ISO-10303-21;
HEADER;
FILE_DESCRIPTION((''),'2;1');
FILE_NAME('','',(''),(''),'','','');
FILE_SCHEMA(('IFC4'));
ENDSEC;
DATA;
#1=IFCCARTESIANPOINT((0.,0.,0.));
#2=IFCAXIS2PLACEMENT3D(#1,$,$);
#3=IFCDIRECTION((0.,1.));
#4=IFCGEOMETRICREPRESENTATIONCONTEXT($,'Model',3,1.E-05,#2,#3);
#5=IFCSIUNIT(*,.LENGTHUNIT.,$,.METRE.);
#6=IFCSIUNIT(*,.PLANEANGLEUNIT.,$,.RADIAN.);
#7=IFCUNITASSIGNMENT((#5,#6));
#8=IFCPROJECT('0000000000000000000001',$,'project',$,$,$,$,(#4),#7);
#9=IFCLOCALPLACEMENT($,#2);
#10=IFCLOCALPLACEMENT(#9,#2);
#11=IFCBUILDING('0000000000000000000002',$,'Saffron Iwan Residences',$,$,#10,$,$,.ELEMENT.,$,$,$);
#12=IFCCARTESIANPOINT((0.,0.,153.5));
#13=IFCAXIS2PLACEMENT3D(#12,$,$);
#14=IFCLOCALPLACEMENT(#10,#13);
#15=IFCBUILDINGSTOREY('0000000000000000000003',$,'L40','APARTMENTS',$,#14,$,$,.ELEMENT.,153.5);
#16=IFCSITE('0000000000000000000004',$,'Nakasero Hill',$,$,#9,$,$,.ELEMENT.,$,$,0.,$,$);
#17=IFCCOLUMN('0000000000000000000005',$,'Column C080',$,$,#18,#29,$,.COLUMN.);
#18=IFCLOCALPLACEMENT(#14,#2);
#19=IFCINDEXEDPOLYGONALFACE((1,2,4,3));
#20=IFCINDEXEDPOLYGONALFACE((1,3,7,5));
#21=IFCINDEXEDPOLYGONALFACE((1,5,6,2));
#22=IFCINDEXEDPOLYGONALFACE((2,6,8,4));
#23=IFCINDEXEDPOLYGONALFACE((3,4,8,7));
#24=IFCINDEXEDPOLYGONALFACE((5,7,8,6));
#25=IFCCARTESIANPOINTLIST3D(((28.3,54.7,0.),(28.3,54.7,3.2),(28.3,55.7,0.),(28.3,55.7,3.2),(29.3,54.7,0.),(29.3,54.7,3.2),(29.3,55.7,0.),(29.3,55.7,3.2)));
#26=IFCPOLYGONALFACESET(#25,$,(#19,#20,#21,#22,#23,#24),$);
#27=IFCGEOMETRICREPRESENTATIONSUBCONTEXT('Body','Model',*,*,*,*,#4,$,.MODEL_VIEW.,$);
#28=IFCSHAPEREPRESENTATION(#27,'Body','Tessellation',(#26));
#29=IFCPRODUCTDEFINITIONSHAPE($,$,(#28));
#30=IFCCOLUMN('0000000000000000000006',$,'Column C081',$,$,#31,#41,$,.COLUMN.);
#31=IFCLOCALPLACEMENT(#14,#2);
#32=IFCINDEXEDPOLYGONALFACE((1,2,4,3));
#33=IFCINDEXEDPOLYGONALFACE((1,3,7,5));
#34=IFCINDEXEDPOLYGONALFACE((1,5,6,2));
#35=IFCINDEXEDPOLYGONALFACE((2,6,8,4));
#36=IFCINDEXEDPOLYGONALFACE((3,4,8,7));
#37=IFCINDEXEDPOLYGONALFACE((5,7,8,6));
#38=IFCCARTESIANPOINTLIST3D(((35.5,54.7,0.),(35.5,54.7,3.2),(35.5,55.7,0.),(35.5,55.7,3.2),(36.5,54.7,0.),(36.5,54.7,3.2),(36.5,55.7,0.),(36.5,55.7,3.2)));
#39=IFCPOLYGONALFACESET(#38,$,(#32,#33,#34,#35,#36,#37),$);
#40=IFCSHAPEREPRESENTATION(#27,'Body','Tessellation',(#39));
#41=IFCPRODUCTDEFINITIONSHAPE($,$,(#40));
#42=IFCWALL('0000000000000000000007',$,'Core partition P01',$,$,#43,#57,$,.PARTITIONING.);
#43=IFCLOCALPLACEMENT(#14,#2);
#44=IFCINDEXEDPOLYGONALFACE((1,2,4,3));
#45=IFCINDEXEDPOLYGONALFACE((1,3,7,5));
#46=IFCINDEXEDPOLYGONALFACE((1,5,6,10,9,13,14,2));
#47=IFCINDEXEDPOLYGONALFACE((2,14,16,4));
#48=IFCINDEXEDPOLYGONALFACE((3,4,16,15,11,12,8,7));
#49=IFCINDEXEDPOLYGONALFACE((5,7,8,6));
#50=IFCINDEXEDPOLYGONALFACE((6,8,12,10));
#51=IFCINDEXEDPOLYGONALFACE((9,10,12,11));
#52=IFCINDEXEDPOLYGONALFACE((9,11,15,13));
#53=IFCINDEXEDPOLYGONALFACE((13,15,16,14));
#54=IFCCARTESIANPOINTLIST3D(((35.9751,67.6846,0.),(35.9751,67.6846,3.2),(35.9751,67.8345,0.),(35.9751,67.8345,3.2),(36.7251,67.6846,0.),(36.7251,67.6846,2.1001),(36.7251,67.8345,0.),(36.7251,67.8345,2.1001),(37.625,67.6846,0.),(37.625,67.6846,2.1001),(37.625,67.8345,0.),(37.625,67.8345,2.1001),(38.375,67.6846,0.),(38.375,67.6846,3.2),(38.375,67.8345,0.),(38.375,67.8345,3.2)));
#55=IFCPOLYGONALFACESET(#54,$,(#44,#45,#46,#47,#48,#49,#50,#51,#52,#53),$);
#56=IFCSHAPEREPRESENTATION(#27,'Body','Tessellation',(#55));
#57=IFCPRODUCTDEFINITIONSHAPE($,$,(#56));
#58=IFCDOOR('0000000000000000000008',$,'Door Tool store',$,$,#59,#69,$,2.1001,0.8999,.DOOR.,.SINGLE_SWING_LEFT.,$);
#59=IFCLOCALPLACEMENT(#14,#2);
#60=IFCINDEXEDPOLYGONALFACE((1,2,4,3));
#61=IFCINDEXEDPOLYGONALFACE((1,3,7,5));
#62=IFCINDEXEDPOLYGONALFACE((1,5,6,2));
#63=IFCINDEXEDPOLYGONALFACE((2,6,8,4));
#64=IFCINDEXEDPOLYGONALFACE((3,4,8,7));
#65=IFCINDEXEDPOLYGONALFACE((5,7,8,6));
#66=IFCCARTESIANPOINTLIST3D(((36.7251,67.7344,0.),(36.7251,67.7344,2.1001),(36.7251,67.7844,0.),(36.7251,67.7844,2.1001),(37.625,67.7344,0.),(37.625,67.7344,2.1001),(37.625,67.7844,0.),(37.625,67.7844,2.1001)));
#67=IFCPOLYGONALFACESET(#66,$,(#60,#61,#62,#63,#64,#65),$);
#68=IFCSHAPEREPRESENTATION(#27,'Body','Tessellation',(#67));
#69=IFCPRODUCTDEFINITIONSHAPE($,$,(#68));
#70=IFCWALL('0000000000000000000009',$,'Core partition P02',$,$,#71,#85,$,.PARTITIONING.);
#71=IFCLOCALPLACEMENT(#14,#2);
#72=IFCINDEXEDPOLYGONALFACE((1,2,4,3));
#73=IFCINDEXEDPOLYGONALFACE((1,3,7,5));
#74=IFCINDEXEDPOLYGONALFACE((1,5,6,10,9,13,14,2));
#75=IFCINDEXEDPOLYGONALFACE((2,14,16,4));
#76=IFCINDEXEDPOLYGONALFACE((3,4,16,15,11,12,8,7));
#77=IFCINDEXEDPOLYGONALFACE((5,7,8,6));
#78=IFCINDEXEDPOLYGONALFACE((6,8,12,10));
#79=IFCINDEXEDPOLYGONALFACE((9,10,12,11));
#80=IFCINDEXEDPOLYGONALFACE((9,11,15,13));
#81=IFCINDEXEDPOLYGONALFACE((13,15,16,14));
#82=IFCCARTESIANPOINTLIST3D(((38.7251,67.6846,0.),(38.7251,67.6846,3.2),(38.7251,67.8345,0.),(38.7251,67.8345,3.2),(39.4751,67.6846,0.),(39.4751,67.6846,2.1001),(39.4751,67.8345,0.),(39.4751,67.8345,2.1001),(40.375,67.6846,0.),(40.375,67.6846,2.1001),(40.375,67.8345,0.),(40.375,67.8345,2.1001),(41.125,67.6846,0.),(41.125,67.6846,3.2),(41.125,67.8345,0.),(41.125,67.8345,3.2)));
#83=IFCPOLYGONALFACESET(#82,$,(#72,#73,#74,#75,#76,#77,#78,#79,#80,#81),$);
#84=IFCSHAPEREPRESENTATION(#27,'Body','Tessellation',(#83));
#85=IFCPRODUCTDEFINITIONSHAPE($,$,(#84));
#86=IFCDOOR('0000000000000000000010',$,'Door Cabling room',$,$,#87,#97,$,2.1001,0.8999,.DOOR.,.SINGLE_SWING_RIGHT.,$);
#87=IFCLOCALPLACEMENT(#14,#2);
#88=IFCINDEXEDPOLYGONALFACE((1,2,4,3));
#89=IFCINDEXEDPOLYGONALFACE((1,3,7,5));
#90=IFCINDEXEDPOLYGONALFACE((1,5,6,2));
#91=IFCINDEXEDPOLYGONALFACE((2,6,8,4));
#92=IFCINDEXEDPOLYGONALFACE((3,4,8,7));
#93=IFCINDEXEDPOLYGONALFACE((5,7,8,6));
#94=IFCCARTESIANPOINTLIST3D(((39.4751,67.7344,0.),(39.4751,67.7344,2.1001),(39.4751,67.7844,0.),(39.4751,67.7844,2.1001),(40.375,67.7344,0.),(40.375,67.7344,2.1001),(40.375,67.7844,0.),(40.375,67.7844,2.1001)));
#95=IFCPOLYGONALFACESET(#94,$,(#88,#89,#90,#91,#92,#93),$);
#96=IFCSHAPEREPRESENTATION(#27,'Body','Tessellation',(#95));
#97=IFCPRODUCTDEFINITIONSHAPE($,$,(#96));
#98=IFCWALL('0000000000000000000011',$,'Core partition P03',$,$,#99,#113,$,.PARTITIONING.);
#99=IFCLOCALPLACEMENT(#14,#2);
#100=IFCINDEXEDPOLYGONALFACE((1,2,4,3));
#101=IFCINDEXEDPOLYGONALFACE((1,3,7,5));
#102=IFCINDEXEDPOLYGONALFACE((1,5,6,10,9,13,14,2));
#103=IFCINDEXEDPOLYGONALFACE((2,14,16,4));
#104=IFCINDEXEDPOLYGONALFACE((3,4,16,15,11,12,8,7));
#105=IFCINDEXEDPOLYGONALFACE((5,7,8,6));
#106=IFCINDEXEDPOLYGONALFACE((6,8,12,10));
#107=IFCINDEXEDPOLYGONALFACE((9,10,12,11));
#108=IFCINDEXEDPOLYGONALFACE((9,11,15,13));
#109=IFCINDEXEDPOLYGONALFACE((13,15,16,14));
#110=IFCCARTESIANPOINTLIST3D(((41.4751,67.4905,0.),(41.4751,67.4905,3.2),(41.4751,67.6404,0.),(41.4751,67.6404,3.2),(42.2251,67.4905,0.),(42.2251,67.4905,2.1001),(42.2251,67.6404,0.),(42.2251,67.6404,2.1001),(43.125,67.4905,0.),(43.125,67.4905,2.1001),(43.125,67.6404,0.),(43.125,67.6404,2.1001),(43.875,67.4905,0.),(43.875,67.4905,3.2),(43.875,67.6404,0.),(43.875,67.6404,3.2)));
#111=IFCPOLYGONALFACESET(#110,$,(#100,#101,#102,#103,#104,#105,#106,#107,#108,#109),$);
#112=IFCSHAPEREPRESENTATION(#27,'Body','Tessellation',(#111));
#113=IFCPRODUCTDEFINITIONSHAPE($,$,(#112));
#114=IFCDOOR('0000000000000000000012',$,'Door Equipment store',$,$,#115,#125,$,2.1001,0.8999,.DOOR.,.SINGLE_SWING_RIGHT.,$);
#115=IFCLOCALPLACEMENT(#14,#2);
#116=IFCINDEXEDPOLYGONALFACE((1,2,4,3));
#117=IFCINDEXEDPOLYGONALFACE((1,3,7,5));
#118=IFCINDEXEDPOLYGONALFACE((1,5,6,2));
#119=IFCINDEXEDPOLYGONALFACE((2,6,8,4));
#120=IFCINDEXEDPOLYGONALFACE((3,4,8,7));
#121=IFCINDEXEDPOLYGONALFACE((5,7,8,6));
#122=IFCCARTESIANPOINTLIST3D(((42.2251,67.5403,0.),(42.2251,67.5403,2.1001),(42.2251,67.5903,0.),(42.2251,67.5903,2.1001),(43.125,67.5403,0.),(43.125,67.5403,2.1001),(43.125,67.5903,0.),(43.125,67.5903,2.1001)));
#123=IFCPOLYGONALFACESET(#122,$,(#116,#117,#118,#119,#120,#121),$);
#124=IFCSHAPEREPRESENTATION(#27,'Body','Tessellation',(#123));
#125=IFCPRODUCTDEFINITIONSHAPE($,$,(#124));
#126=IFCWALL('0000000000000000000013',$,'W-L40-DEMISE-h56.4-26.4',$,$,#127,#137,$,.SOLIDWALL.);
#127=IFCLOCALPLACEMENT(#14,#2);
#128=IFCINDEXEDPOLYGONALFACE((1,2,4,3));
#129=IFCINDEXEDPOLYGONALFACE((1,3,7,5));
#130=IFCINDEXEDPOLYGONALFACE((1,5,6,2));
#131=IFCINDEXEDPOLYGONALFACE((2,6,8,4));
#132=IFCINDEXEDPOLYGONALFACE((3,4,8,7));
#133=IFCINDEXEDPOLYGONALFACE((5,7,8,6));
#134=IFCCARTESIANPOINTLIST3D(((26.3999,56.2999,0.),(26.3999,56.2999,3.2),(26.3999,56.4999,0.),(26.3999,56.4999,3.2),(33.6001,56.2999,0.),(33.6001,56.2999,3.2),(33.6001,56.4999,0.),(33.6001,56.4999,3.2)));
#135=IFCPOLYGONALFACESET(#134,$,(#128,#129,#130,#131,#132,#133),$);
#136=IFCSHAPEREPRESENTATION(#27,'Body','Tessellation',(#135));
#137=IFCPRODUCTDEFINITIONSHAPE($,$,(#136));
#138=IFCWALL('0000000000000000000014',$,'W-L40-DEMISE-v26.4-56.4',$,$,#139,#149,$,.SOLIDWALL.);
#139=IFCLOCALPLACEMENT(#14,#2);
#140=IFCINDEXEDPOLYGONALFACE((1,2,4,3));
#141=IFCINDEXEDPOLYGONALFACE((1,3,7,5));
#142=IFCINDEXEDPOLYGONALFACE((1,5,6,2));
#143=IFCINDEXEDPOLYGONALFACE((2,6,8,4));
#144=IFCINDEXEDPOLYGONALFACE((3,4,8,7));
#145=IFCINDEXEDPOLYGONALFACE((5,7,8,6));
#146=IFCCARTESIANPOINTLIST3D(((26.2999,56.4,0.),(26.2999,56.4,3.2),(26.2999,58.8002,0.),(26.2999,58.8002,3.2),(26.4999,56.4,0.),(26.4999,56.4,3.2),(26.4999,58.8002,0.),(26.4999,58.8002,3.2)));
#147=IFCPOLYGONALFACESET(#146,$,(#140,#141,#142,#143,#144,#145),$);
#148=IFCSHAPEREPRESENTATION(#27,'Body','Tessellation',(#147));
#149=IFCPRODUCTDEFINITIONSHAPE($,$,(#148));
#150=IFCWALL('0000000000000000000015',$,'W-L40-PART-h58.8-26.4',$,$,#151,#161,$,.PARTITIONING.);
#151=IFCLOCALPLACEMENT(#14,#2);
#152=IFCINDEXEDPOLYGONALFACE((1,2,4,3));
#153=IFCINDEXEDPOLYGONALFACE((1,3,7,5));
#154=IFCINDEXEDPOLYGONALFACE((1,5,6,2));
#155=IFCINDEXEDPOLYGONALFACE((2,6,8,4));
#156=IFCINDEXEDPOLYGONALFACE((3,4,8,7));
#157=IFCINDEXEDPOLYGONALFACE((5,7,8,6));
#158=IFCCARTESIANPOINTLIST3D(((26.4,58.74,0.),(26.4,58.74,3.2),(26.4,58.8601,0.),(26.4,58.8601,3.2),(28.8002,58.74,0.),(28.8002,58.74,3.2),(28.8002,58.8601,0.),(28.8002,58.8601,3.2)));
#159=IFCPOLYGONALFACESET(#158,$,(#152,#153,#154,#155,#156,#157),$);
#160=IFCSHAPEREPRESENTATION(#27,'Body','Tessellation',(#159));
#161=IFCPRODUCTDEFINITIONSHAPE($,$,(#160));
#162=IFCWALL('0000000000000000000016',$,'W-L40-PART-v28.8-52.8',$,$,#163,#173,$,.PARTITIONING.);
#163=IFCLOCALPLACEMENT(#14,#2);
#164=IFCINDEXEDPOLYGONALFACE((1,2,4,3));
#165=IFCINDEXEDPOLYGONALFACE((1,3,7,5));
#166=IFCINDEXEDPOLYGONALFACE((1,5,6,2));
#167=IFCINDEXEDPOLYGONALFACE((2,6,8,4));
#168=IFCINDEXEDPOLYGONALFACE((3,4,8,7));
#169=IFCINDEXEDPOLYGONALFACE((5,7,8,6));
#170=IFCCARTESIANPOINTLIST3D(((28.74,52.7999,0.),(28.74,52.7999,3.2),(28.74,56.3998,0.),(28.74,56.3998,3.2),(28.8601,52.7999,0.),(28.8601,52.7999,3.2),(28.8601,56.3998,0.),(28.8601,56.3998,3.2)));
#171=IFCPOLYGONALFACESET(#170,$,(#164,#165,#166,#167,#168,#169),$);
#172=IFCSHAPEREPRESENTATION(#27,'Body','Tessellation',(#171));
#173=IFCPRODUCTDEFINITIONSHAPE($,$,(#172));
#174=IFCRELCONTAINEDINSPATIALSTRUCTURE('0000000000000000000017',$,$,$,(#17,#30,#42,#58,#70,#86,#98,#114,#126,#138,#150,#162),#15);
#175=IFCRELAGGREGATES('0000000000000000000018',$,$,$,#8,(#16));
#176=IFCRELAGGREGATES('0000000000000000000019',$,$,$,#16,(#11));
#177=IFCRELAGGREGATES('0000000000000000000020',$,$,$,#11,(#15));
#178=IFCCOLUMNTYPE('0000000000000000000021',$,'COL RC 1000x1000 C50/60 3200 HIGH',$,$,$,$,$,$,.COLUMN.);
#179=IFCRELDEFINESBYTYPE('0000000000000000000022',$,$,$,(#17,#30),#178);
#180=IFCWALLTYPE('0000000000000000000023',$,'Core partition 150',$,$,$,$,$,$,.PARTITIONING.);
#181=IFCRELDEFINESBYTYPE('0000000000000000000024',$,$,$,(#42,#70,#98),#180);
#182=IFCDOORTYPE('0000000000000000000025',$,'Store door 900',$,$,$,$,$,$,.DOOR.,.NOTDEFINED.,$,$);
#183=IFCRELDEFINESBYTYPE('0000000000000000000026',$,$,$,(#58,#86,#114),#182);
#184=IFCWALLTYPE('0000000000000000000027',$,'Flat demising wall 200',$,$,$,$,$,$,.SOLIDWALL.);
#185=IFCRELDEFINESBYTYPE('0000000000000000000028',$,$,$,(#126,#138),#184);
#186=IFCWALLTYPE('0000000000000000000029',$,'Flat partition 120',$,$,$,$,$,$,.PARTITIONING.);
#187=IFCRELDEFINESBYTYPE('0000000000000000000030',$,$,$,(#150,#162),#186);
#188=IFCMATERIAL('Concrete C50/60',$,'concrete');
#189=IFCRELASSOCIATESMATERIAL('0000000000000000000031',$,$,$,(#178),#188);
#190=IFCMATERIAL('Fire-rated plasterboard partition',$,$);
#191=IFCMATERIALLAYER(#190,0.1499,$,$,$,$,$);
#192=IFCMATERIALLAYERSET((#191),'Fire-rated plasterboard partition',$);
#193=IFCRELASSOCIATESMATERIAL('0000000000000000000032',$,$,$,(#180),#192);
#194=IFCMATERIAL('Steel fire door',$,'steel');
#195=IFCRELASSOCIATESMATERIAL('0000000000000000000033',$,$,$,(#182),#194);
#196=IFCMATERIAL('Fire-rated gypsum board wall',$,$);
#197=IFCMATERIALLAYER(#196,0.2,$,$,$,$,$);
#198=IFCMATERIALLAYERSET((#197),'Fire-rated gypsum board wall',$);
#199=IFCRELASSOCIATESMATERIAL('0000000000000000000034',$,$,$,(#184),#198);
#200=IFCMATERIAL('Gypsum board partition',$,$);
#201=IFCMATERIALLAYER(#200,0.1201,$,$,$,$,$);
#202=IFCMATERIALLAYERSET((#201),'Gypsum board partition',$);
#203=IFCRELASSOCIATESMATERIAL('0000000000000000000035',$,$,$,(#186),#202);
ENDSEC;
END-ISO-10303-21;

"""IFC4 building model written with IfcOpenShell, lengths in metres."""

from ifc_helpers import new_model, si_unit, direction, frame, frame_2d, origin, origin_2d, place, context, subcontext, project, spatial, rectangle, extrude, source, transform, mapped, material, layer, layer_set, material_profile, profile_set, type_object, element, fill, save


model = new_model("IFC4")

# Units and contexts
model_context = context("Model", 3, precision=1e-05, world=origin(), true_north=direction((0.0, 1.0)))
body_context = subcontext(model_context, "Body", "Model", "MODEL_VIEW")
ifc_project = project(units=[si_unit("LENGTHUNIT", "METRE"), si_unit("PLANEANGLEUNIT", "RADIAN")], contexts=[model_context])

# Site, building, storey
site_placement = place(None, origin())
site = spatial("IfcSite", under=ifc_project, at=site_placement, Name="Nakasero Hill", CompositionType="ELEMENT", RefElevation=0.0)
building_placement = place(site_placement, origin())
building = spatial("IfcBuilding", under=site, at=building_placement, Name="Saffron Iwan Residences", CompositionType="ELEMENT")
storey_placement = place(building_placement, frame((0.0, 0.0, 153.5)))
storey = spatial("IfcBuildingStorey", under=building, at=storey_placement, Name="L40", Description="APARTMENTS", CompositionType="ELEMENT", Elevation=153.5)

# Columns
ifc_material_1 = material(Name="Concrete C50/60", Category="concrete")
ifc_material_profile = material_profile(ifc_material_1, rectangle(XDim=1.0, YDim=1.0, at=origin_2d()), Name="RC 1000x1000")
ifc_profile_set = profile_set([ifc_material_profile], Name="Concrete C50/60")
column_type = type_object("IfcColumnType", Name="COL RC 1000x1000 C50/60 3200 HIGH", PredefinedType="COLUMN", material=ifc_profile_set)
shared_shape = source(origin(), body_context, "Body", "SweptSolid", [
    extrude(rectangle(XDim=1.0, YDim=1.0, at=origin_2d()), origin(), (0.0, 0.0, 1.0), 3.2),
])
for number, where, z_axis, x_axis, name in (
    (1, (28.8, 55.2, 0.0), (0.0, 0.0, 1.0), (1.0, 0.0, 0.0), "Column C080"),
    (2, (36.0, 55.2, 0.0), (0.0, 0.0, 1.0), (1.0, 0.0, 0.0), "Column C081"),
):
    element("IfcColumn", number, at=place(storey_placement, frame(where, z_axis=z_axis, x_axis=x_axis)), inside=storey, type_object=column_type, Name=name, PredefinedType="COLUMN", context=body_context, shape_type="MappedRepresentation", body=[
        mapped(shared_shape, transform((0.0, 0.0, 0.0))),
    ])

# Walls, openings, doors
ifc_material_2 = material(Name="Fire-rated plasterboard partition")
ifc_layer_1 = layer(ifc_material_2, 0.1499)
ifc_layer_set_1 = layer_set([ifc_layer_1], Name="Fire-rated plasterboard partition")
wall_type_1 = type_object("IfcWallType", Name="Core partition 150", PredefinedType="PARTITIONING", material=ifc_layer_set_1)
wall_1_placement = place(storey_placement, frame((35.9751, 67.7595, 0.0), z_axis=(0.0, 0.0, 1.0), x_axis=(1.0, 0.0, 0.0)))
wall_1 = element("IfcWall", 3, at=wall_1_placement, inside=storey, type_object=wall_type_1, Name="Core partition P01", PredefinedType="PARTITIONING", context=body_context, shape_type="SweptSolid", body=[
    extrude(rectangle(XDim=2.3999, YDim=0.1499, at=frame_2d((1.2, 0.0))), origin(), (0.0, 0.0, 1.0), 3.2),
])
opening_1_placement = place(wall_1_placement, frame((0.75, 0.0, 0.0)))
opening_1 = element("IfcOpeningElement", 4, at=opening_1_placement, cuts=wall_1, PredefinedType="OPENING", context=body_context, shape_type="SweptSolid", body=[
    extrude(rectangle(XDim=0.8999, YDim=2.1001, at=frame_2d((0.45, 1.05))), frame((0.0, 0.085, 0.0), z_axis=(0.0, -1.0, 0.0), x_axis=(1.0, 0.0, 0.0)), (0.0, 0.0, 1.0), 0.1699),
])
ifc_material_3 = material(Name="Steel fire door", Category="steel")
door_type_1 = type_object("IfcDoorType", Name="Store door 900", OperationType="NOTDEFINED", PredefinedType="DOOR", material=ifc_material_3)
door_1_placement = place(opening_1_placement, origin())
door_1 = element("IfcDoor", 5, at=door_1_placement, inside=storey, type_object=door_type_1, Name="Door Tool store", OperationType="SINGLE_SWING_LEFT", OverallHeight=2.1001, OverallWidth=0.8999, PredefinedType="DOOR", context=body_context, shape_type="SweptSolid", body=[
    extrude(rectangle(XDim=0.8999, YDim=2.1001, at=frame_2d((0.45, 1.05))), frame((0.0, 0.0249, 0.0), z_axis=(0.0, -1.0, 0.0), x_axis=(1.0, 0.0, 0.0)), (0.0, 0.0, 1.0), 0.05),
])
fill(opening_1, door_1)
wall_2_placement = place(storey_placement, frame((38.7251, 67.7595, 0.0), z_axis=(0.0, 0.0, 1.0), x_axis=(1.0, 0.0, 0.0)))
wall_2 = element("IfcWall", 6, at=wall_2_placement, inside=storey, type_object=wall_type_1, Name="Core partition P02", PredefinedType="PARTITIONING", context=body_context, shape_type="SweptSolid", body=[
    extrude(rectangle(XDim=2.3999, YDim=0.1499, at=frame_2d((1.2, 0.0))), origin(), (0.0, 0.0, 1.0), 3.2),
])
opening_2_placement = place(wall_2_placement, frame((0.75, 0.0, 0.0)))
opening_2 = element("IfcOpeningElement", 7, at=opening_2_placement, cuts=wall_2, PredefinedType="OPENING", context=body_context, shape_type="SweptSolid", body=[
    extrude(rectangle(XDim=0.8999, YDim=2.1001, at=frame_2d((0.45, 1.05))), frame((0.0, 0.085, 0.0), z_axis=(0.0, -1.0, 0.0), x_axis=(1.0, 0.0, 0.0)), (0.0, 0.0, 1.0), 0.1699),
])
door_2_placement = place(opening_2_placement, origin())
door_2 = element("IfcDoor", 8, at=door_2_placement, inside=storey, type_object=door_type_1, Name="Door Cabling room", OperationType="SINGLE_SWING_RIGHT", OverallHeight=2.1001, OverallWidth=0.8999, PredefinedType="DOOR", context=body_context, shape_type="SweptSolid", body=[
    extrude(rectangle(XDim=0.8999, YDim=2.1001, at=frame_2d((0.45, 1.05))), frame((0.0, 0.0249, 0.0), z_axis=(0.0, -1.0, 0.0), x_axis=(1.0, 0.0, 0.0)), (0.0, 0.0, 1.0), 0.05),
])
fill(opening_2, door_2)
wall_3_placement = place(storey_placement, frame((41.4751, 67.5654, 0.0), z_axis=(0.0, 0.0, 1.0), x_axis=(1.0, 0.0, 0.0)))
wall_3 = element("IfcWall", 9, at=wall_3_placement, inside=storey, type_object=wall_type_1, Name="Core partition P03", PredefinedType="PARTITIONING", context=body_context, shape_type="SweptSolid", body=[
    extrude(rectangle(XDim=2.3999, YDim=0.1499, at=frame_2d((1.2, 0.0))), origin(), (0.0, 0.0, 1.0), 3.2),
])
opening_3_placement = place(wall_3_placement, frame((0.75, 0.0, 0.0)))
opening_3 = element("IfcOpeningElement", 10, at=opening_3_placement, cuts=wall_3, PredefinedType="OPENING", context=body_context, shape_type="SweptSolid", body=[
    extrude(rectangle(XDim=0.8999, YDim=2.1001, at=frame_2d((0.45, 1.05))), frame((0.0, 0.085, 0.0), z_axis=(0.0, -1.0, 0.0), x_axis=(1.0, 0.0, 0.0)), (0.0, 0.0, 1.0), 0.1699),
])
door_3_placement = place(opening_3_placement, origin())
door_3 = element("IfcDoor", 11, at=door_3_placement, inside=storey, type_object=door_type_1, Name="Door Equipment store", OperationType="SINGLE_SWING_RIGHT", OverallHeight=2.1001, OverallWidth=0.8999, PredefinedType="DOOR", context=body_context, shape_type="SweptSolid", body=[
    extrude(rectangle(XDim=0.8999, YDim=2.1001, at=frame_2d((0.45, 1.05))), frame((0.0, 0.0249, 0.0), z_axis=(0.0, -1.0, 0.0), x_axis=(1.0, 0.0, 0.0)), (0.0, 0.0, 1.0), 0.05),
])
fill(opening_3, door_3)

# Walls
ifc_material_4 = material(Name="Fire-rated gypsum board wall")
ifc_layer_2 = layer(ifc_material_4, 0.2)
ifc_layer_set_2 = layer_set([ifc_layer_2], Name="Fire-rated gypsum board wall")
wall_type_2 = type_object("IfcWallType", Name="Flat demising wall 200", PredefinedType="SOLIDWALL", material=ifc_layer_set_2)
wall_4_placement = place(storey_placement, frame((26.3999, 56.3999, 0.0), z_axis=(0.0, 0.0, 1.0), x_axis=(1.0, 0.0, 0.0)))
element("IfcWall", 12, at=wall_4_placement, inside=storey, type_object=wall_type_2, Name="W-L40-DEMISE-h56.4-26.4", PredefinedType="SOLIDWALL", context=body_context, shape_type="SweptSolid", body=[
    extrude(rectangle(XDim=7.2002, YDim=0.2, at=frame_2d((3.6001, 0.0))), origin(), (0.0, 0.0, 1.0), 3.2),
])
wall_5_placement = place(storey_placement, frame((26.3999, 56.3999, 0.0), z_axis=(0.0, 0.0, 1.0), x_axis=(0.0, 1.0, 0.0)))
element("IfcWall", 13, at=wall_5_placement, inside=storey, type_object=wall_type_2, Name="W-L40-DEMISE-v26.4-56.4", PredefinedType="SOLIDWALL", context=body_context, shape_type="SweptSolid", body=[
    extrude(rectangle(XDim=2.4001, YDim=0.2, at=frame_2d((1.2002, 0.0))), origin(), (0.0, 0.0, 1.0), 3.2),
])
ifc_material_5 = material(Name="Gypsum board partition")
ifc_layer_3 = layer(ifc_material_5, 0.1201)
ifc_layer_set_3 = layer_set([ifc_layer_3], Name="Gypsum board partition")
wall_type_3 = type_object("IfcWallType", Name="Flat partition 120", PredefinedType="PARTITIONING", material=ifc_layer_set_3)
wall_6_placement = place(storey_placement, frame((26.3999, 58.8, 0.0), z_axis=(0.0, 0.0, 1.0), x_axis=(1.0, 0.0, 0.0)))
element("IfcWall", 14, at=wall_6_placement, inside=storey, type_object=wall_type_3, Name="W-L40-PART-h58.8-26.4", PredefinedType="PARTITIONING", context=body_context, shape_type="SweptSolid", body=[
    extrude(rectangle(XDim=2.4001, YDim=0.1201, at=frame_2d((1.2002, 0.0))), origin(), (0.0, 0.0, 1.0), 3.2),
])
wall_7_placement = place(storey_placement, frame((28.8, 52.8, 0.0), z_axis=(0.0, 0.0, 1.0), x_axis=(0.0, 1.0, 0.0)))
element("IfcWall", 15, at=wall_7_placement, inside=storey, type_object=wall_type_3, Name="W-L40-PART-v28.8-52.8", PredefinedType="PARTITIONING", context=body_context, shape_type="SweptSolid", body=[
    extrude(rectangle(XDim=3.5999, YDim=0.1201, at=frame_2d((1.7998, 0.0))), origin(), (0.0, 0.0, 1.0), 3.2),
])

save(model, "model.ifc")
